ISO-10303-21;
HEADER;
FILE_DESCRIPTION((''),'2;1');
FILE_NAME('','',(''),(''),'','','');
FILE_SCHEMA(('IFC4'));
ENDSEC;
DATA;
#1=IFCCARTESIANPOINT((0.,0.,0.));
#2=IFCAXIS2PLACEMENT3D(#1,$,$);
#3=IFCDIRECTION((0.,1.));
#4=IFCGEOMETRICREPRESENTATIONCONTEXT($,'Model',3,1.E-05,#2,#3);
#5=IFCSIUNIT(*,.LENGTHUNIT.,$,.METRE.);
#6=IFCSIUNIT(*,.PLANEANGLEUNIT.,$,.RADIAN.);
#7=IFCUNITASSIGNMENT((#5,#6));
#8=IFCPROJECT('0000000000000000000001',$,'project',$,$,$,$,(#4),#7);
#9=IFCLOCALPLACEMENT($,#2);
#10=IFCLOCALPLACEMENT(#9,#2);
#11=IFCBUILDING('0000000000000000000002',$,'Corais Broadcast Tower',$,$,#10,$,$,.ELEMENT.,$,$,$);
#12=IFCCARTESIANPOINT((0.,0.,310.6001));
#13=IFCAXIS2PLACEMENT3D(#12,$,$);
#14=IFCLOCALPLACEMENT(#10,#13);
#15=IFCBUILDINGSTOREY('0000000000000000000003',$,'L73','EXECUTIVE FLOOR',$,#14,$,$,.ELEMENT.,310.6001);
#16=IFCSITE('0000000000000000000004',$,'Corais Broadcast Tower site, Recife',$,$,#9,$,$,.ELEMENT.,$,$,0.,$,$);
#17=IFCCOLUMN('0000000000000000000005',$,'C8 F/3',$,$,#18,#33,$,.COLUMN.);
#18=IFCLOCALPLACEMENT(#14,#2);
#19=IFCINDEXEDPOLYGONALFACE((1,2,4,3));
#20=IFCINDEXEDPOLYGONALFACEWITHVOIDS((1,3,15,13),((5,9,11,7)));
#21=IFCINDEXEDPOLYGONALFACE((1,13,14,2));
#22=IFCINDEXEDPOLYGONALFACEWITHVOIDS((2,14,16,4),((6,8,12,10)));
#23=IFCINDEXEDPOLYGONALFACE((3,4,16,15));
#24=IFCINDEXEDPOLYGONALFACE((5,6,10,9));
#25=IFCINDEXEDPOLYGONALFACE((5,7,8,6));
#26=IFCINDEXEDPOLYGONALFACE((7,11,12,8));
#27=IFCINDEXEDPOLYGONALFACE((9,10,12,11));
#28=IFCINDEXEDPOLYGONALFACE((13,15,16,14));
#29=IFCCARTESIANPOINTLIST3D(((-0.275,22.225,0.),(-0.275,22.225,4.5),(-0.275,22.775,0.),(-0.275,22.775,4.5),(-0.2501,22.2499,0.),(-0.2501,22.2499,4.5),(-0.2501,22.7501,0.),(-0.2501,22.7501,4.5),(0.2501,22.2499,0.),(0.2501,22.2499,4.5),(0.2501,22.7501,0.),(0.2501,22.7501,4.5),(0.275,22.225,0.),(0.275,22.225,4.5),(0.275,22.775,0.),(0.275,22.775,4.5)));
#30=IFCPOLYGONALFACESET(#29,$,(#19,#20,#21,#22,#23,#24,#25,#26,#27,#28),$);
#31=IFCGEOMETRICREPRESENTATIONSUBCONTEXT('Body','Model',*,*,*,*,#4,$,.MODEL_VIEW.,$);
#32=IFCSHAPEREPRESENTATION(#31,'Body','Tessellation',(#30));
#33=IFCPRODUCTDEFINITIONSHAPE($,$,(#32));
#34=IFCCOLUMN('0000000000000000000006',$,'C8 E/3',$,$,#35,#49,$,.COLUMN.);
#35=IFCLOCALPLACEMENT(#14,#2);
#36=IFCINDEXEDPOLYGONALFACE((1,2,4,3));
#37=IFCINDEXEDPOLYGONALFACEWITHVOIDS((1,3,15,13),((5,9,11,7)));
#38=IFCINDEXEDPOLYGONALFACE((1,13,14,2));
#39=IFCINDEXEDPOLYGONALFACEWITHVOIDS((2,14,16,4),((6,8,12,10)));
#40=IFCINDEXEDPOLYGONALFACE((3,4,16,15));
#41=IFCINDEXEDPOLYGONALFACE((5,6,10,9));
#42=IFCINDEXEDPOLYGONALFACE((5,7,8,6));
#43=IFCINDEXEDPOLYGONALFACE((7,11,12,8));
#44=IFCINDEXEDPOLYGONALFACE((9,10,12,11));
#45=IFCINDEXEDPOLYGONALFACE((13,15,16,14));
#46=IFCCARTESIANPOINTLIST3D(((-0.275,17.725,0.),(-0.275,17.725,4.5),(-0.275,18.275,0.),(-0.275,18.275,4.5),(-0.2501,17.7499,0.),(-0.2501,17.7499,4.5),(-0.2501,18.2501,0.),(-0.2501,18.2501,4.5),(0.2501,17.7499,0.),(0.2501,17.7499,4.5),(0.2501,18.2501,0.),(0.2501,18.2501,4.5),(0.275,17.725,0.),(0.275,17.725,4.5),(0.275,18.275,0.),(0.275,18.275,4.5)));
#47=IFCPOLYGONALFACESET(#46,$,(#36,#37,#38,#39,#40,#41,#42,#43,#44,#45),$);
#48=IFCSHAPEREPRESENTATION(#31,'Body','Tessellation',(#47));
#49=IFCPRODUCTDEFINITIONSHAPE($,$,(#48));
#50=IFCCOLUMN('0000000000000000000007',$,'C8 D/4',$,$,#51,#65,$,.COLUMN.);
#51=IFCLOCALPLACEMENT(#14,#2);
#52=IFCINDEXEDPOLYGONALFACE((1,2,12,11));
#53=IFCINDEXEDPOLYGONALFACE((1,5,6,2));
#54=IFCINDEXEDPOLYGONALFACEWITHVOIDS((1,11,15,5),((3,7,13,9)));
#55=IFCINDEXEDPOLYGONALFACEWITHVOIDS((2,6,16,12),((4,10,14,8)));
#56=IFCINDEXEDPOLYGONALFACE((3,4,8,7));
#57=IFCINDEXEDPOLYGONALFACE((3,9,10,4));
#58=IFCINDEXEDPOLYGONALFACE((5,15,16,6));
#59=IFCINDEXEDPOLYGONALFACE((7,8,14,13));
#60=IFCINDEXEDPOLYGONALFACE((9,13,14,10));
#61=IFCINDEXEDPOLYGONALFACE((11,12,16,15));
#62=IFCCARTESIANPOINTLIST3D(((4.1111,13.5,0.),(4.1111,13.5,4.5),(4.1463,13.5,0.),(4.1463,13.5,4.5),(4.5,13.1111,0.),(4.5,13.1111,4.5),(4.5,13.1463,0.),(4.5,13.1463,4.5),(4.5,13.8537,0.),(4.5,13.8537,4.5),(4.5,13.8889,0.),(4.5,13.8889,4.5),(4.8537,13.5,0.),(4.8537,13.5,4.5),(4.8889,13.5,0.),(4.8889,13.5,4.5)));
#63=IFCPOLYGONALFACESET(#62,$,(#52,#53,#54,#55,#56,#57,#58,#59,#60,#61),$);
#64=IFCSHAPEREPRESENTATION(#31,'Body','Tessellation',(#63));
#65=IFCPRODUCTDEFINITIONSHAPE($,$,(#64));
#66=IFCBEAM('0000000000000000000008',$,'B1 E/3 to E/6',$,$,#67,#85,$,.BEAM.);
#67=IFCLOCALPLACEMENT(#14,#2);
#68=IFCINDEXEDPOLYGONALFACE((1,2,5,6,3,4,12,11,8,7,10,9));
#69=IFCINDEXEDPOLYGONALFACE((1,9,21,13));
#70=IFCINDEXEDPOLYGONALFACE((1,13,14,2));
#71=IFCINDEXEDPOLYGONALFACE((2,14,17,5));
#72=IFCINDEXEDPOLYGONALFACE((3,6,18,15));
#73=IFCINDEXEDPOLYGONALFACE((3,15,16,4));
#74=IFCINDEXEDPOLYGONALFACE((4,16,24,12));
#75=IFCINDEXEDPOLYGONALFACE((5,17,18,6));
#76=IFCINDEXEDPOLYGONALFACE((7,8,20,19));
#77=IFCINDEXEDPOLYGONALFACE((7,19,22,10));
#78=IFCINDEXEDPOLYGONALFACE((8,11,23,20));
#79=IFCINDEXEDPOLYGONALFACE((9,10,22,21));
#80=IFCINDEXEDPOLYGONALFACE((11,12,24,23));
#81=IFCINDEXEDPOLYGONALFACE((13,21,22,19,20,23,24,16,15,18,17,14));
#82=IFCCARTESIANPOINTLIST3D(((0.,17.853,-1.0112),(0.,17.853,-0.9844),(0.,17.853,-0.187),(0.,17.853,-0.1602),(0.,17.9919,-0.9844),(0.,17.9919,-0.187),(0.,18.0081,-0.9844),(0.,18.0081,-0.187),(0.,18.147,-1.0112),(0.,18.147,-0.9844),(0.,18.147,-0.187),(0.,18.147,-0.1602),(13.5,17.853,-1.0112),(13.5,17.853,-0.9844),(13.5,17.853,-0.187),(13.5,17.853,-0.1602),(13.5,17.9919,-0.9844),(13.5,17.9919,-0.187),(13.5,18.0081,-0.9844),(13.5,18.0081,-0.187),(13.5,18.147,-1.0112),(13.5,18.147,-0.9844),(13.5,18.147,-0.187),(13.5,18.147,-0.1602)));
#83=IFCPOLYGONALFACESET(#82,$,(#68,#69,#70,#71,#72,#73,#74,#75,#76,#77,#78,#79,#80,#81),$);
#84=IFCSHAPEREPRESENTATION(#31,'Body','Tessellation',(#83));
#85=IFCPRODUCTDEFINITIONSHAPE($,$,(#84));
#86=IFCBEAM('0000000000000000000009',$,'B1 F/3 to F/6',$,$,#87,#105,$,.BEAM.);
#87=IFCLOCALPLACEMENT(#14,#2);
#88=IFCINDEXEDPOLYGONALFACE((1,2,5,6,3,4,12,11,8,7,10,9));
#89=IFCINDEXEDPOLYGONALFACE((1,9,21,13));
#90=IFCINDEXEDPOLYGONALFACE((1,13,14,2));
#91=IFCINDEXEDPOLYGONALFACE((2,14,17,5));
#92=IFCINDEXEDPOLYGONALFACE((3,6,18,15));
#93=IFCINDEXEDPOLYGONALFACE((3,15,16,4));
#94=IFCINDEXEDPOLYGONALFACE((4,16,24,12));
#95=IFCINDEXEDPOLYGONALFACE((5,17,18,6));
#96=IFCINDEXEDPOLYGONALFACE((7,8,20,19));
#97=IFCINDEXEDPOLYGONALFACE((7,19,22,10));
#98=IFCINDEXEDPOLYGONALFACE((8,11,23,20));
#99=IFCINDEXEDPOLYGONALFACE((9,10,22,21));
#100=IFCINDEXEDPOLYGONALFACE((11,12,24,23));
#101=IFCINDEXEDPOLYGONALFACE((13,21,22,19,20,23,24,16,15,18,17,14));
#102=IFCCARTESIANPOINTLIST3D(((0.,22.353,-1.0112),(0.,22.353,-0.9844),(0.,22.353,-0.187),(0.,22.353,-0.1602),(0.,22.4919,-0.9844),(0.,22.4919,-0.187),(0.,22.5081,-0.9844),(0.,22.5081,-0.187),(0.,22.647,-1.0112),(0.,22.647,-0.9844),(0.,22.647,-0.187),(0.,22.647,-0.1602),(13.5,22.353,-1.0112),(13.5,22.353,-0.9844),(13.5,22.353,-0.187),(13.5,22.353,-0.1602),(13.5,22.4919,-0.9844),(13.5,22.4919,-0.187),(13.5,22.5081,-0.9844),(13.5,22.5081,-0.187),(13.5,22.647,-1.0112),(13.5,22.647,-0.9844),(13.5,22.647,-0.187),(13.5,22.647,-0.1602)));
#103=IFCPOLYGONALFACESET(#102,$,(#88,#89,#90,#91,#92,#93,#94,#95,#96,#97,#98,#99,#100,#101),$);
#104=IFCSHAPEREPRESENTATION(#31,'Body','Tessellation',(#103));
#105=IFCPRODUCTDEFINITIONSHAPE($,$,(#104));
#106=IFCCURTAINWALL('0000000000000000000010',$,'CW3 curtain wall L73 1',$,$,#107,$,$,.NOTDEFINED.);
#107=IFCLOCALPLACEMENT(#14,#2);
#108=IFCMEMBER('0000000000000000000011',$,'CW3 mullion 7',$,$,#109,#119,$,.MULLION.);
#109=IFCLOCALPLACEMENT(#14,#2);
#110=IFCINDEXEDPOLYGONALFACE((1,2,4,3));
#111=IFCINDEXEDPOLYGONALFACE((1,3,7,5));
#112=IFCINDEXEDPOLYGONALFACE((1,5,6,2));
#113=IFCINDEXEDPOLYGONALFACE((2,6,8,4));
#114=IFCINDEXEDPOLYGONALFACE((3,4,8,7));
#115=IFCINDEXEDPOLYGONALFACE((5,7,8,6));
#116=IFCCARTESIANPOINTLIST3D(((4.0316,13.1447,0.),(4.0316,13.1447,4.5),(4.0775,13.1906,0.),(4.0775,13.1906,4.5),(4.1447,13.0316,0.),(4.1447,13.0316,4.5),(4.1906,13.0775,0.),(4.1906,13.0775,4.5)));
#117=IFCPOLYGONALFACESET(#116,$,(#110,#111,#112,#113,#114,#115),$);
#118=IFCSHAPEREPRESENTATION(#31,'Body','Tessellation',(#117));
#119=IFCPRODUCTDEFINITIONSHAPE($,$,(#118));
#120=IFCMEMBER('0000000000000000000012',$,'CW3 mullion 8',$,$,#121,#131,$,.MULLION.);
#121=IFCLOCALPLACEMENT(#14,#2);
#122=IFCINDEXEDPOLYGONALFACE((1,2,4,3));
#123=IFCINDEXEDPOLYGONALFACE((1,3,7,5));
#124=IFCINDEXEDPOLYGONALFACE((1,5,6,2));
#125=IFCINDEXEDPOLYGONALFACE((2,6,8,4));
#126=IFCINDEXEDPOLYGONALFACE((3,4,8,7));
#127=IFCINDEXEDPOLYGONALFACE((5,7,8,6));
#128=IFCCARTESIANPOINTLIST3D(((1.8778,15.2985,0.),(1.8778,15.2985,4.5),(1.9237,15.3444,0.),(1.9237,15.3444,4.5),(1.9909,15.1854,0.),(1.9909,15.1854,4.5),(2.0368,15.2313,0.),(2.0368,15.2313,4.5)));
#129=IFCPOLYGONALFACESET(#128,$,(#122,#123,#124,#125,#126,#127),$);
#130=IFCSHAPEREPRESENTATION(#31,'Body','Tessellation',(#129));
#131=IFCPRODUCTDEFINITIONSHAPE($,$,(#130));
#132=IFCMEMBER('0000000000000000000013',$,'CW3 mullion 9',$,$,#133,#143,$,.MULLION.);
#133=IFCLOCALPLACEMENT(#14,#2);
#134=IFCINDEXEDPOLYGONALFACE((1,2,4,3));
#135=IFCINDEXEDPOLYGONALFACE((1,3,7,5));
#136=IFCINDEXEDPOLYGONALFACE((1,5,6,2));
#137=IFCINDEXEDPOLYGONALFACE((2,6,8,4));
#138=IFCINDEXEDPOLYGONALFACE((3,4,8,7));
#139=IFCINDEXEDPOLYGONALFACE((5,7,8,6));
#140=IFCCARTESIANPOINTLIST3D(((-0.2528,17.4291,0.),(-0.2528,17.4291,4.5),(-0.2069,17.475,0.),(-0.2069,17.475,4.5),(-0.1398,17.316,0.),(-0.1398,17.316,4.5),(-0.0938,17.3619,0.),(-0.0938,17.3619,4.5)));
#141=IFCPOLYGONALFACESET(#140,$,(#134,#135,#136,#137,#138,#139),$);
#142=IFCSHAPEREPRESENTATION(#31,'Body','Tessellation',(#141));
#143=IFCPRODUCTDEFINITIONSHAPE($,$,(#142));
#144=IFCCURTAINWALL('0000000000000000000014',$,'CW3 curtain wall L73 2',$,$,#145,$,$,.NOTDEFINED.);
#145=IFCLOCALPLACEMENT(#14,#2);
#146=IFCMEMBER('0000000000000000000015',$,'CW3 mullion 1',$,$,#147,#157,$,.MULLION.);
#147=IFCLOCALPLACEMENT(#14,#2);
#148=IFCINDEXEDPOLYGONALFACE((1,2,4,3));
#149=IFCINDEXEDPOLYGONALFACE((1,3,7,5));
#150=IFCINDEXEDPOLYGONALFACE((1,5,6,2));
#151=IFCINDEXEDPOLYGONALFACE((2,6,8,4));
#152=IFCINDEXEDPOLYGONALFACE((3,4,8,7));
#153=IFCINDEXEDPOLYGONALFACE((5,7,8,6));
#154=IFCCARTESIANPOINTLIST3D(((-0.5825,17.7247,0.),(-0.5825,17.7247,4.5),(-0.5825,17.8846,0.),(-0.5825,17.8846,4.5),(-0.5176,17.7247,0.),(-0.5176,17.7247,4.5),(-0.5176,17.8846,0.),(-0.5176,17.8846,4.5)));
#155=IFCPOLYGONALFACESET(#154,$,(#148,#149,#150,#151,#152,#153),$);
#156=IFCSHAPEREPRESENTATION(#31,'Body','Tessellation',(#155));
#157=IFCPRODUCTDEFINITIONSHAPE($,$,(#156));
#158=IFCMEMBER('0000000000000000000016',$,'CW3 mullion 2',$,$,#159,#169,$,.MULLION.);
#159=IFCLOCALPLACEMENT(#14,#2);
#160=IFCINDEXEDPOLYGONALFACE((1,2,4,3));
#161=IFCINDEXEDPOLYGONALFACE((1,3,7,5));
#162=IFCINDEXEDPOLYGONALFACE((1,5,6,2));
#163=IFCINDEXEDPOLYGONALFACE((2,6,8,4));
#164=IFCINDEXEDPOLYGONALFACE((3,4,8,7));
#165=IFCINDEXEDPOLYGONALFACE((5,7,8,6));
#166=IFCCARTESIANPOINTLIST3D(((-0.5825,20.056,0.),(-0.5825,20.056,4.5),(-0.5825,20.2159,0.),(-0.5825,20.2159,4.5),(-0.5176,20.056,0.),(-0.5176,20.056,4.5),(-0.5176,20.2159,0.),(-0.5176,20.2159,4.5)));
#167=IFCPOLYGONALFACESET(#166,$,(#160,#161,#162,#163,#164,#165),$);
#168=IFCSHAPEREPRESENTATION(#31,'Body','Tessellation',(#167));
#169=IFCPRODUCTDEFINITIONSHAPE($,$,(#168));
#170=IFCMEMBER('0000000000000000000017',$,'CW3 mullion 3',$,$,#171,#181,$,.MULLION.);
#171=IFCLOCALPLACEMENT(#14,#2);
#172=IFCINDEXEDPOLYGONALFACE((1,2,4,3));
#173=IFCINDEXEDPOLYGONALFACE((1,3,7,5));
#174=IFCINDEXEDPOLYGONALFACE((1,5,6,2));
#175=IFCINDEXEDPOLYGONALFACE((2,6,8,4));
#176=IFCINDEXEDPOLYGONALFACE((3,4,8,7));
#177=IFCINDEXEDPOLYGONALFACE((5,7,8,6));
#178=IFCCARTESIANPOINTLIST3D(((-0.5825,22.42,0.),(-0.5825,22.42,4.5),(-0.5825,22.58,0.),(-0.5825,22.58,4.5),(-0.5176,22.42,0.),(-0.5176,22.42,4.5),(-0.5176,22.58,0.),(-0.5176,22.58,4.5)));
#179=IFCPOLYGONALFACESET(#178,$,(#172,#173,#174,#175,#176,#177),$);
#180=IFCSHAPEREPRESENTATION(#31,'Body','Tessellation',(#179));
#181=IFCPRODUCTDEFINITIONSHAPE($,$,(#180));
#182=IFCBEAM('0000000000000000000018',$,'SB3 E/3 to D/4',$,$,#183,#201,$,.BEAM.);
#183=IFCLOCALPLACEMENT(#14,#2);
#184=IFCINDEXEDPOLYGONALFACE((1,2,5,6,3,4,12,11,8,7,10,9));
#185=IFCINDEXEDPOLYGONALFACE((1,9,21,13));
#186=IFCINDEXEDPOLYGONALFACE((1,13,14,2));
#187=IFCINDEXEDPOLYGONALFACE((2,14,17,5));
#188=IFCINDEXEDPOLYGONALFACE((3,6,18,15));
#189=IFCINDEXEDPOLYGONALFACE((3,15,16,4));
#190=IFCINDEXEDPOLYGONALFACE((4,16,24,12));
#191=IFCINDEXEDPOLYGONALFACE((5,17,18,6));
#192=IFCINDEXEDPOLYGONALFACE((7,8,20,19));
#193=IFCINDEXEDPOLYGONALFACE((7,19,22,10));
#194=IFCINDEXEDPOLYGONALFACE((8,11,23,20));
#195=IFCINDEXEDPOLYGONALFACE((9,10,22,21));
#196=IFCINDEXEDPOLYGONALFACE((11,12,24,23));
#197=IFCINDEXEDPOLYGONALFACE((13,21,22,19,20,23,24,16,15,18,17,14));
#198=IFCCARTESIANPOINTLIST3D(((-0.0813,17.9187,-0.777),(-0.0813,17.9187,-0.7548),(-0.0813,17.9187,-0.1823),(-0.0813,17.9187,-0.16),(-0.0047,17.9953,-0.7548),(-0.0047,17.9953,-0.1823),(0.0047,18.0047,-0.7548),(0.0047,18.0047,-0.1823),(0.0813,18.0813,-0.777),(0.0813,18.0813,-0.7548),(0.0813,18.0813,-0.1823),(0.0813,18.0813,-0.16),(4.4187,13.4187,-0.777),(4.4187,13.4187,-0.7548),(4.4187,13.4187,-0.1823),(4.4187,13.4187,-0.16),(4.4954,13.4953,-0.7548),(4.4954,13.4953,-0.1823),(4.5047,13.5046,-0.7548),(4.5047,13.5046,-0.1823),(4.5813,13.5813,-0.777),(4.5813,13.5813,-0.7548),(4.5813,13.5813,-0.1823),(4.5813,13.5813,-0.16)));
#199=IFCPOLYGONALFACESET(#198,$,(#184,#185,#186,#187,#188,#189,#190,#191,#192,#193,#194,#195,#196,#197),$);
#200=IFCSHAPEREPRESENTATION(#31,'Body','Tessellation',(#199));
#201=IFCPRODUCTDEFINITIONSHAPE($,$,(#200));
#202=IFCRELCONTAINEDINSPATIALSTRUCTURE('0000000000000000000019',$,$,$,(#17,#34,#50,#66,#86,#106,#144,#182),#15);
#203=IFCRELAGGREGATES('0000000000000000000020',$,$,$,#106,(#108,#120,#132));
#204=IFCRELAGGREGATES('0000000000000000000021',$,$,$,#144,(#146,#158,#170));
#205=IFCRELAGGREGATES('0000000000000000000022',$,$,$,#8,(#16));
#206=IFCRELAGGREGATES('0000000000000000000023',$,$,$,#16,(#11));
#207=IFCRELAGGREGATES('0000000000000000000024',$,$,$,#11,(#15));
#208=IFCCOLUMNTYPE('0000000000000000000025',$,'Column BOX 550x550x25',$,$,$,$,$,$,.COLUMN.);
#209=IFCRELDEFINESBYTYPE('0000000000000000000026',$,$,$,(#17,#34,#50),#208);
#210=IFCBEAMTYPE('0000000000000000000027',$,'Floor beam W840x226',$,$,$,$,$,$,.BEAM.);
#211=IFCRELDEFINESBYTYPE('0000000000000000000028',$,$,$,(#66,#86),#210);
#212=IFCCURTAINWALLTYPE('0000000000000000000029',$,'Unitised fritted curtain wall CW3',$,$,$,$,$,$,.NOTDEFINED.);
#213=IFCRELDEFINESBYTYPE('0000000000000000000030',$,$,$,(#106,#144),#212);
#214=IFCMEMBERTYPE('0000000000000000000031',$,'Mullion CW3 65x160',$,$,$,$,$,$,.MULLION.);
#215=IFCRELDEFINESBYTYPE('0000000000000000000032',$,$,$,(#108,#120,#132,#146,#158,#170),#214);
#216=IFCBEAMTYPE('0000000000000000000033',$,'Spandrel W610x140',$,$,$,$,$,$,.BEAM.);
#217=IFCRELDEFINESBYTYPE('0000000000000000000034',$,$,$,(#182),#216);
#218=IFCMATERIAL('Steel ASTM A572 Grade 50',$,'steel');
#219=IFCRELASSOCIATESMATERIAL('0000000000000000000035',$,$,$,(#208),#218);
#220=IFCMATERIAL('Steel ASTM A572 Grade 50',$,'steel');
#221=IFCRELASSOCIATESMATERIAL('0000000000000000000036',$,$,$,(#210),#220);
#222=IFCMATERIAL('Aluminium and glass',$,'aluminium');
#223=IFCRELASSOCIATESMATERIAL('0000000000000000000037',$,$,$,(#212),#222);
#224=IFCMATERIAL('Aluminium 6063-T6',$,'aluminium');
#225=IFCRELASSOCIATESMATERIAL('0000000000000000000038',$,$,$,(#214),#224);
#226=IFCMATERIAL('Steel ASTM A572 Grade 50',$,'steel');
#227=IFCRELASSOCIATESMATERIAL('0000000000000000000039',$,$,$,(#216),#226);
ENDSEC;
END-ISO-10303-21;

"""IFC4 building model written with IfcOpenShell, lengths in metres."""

from ifc_helpers import new_model, si_unit, direction, frame, origin, origin_2d, place, context, subcontext, project, spatial, rectangle, hollow_rectangle, i_section, extrude, material, material_profile, profile_set, type_object, element, aggregate, save


model = new_model("IFC4")

# Units and contexts
model_context = context("Model", 3, precision=1e-05, world=origin(), true_north=direction((0.0, 1.0)))
body_context = subcontext(model_context, "Body", "Model", "MODEL_VIEW")
ifc_project = project(units=[si_unit("LENGTHUNIT", "METRE"), si_unit("PLANEANGLEUNIT", "RADIAN")], contexts=[model_context])

# Site, building, storey
site_placement = place(None, origin())
site = spatial("IfcSite", under=ifc_project, at=site_placement, Name="Corais Broadcast Tower site, Recife", CompositionType="ELEMENT", RefElevation=0.0)
building_placement = place(site_placement, origin())
building = spatial("IfcBuilding", under=site, at=building_placement, Name="Corais Broadcast Tower", CompositionType="ELEMENT")
storey_placement = place(building_placement, frame((0.0, 0.0, 310.6001)))
storey = spatial("IfcBuildingStorey", under=building, at=storey_placement, Name="L73", Description="EXECUTIVE FLOOR", CompositionType="ELEMENT", Elevation=310.6001)

# Columns
ifc_material_1 = material(Name="Steel ASTM A572 Grade 50", Category="steel")
ifc_material_profile_1 = material_profile(ifc_material_1, hollow_rectangle(XDim=0.55, YDim=0.55, WallThickness=0.0249, at=origin_2d()), Name="BOX 550x550x25")
ifc_profile_set_1 = profile_set([ifc_material_profile_1], Name="Steel ASTM A572 Grade 50")
column_type = type_object("IfcColumnType", Name="Column BOX 550x550x25", PredefinedType="COLUMN", material=ifc_profile_set_1)
for number, where, z_axis, x_axis, name in (
    (1, (0.0, 22.5, 0.0), (0.0, 0.0, 1.0), (1.0, 0.0, 0.0), "C8 F/3"),
    (2, (0.0, 18.0, 0.0), (0.0, 0.0, 1.0), (1.0, 0.0, 0.0), "C8 E/3"),
    (3, (4.5, 13.5, 0.0), (0.0, 0.0, 1.0), (0.707107, 0.707107, 0.0), "C8 D/4"),
):
    element("IfcColumn", number, at=place(storey_placement, frame(where, z_axis=z_axis, x_axis=x_axis)), inside=storey, type_object=column_type, Name=name, PredefinedType="COLUMN", context=body_context, shape_type="SweptSolid", body=[
        extrude(hollow_rectangle(XDim=0.55, YDim=0.55, WallThickness=0.0249, at=origin_2d()), origin(), (0.0, 0.0, 1.0), 4.5),
    ])

# Beams
ifc_material_2 = material(Name="Steel ASTM A572 Grade 50", Category="steel")
ifc_material_profile_2 = material_profile(ifc_material_2, i_section(OverallWidth=0.2939, OverallDepth=0.8511, WebThickness=0.0161, FlangeThickness=0.0269, at=origin_2d()), Name="W840x226")
ifc_profile_set_2 = profile_set([ifc_material_profile_2], Name="Steel ASTM A572 Grade 50")
beam_type_1 = type_object("IfcBeamType", Name="Floor beam W840x226", PredefinedType="BEAM", material=ifc_profile_set_2)
for number, where, z_axis, x_axis, name in (
    (4, (0.0, 18.0, -0.5857), (1.0, 0.0, 0.0), (0.0, 1.0, 0.0), "B1 E/3 to E/6"),
    (5, (0.0, 22.5, -0.5857), (1.0, 0.0, 0.0), (0.0, 1.0, 0.0), "B1 F/3 to F/6"),
):
    element("IfcBeam", number, at=place(storey_placement, frame(where, z_axis=z_axis, x_axis=x_axis)), inside=storey, type_object=beam_type_1, Name=name, PredefinedType="BEAM", context=body_context, shape_type="SweptSolid", body=[
        extrude(i_section(OverallWidth=0.2939, OverallDepth=0.8511, WebThickness=0.0161, FlangeThickness=0.0269, at=origin_2d()), origin(), (0.0, 0.0, 1.0), 13.5),
    ])

# Curtain walls, members
ifc_material_3 = material(Name="Aluminium and glass", Category="aluminium")
curtain_wall_type = type_object("IfcCurtainWallType", Name="Unitised fritted curtain wall CW3", PredefinedType="NOTDEFINED", material=ifc_material_3)
curtain_wall_1_placement = place(storey_placement, origin())
curtain_wall_1 = element("IfcCurtainWall", 6, at=curtain_wall_1_placement, inside=storey, type_object=curtain_wall_type, Name="CW3 curtain wall L73 1", PredefinedType="NOTDEFINED")
ifc_material_4 = material(Name="Aluminium 6063-T6", Category="aluminium")
ifc_material_profile_3 = material_profile(ifc_material_4, rectangle(XDim=0.0649, YDim=0.1599, at=origin_2d()), Name="Mullion CW3 65x160")
ifc_profile_set_3 = profile_set([ifc_material_profile_3], Name="Aluminium 6063-T6")
member_type_1 = type_object("IfcMemberType", Name="Mullion CW3 65x160", PredefinedType="MULLION", material=ifc_profile_set_3)
member_1_placement = place(storey_placement, frame((4.1111, 13.1111, 0.0), z_axis=(0.0, 0.0, 1.0), x_axis=(-0.707107, -0.707107, 0.0)))
member_1 = element("IfcMember", 7, at=member_1_placement, type_object=member_type_1, Name="CW3 mullion 7", PredefinedType="MULLION", context=body_context, shape_type="SweptSolid", body=[
    extrude(rectangle(XDim=0.0649, YDim=0.1599, at=origin_2d()), origin(), (0.0, 0.0, 1.0), 4.5),
])
member_2_placement = place(storey_placement, frame((1.9573, 15.2649, 0.0), z_axis=(0.0, 0.0, 1.0), x_axis=(-0.707107, -0.707107, 0.0)))
member_2 = element("IfcMember", 8, at=member_2_placement, type_object=member_type_1, Name="CW3 mullion 8", PredefinedType="MULLION", context=body_context, shape_type="SweptSolid", body=[
    extrude(rectangle(XDim=0.0649, YDim=0.1599, at=origin_2d()), origin(), (0.0, 0.0, 1.0), 4.5),
])
member_3_placement = place(storey_placement, frame((-0.1733, 17.3955, 0.0), z_axis=(0.0, 0.0, 1.0), x_axis=(-0.707107, -0.707107, 0.0)))
member_3 = element("IfcMember", 9, at=member_3_placement, type_object=member_type_1, Name="CW3 mullion 9", PredefinedType="MULLION", context=body_context, shape_type="SweptSolid", body=[
    extrude(rectangle(XDim=0.0649, YDim=0.1599, at=origin_2d()), origin(), (0.0, 0.0, 1.0), 4.5),
])
curtain_wall_2_placement = place(storey_placement, origin())
curtain_wall_2 = element("IfcCurtainWall", 10, at=curtain_wall_2_placement, inside=storey, type_object=curtain_wall_type, Name="CW3 curtain wall L73 2", PredefinedType="NOTDEFINED")
member_4_placement = place(storey_placement, frame((-0.55, 17.8047, 0.0), z_axis=(0.0, 0.0, 1.0), x_axis=(-1.0, 0.0, 0.0)))
member_4 = element("IfcMember", 11, at=member_4_placement, type_object=member_type_1, Name="CW3 mullion 1", PredefinedType="MULLION", context=body_context, shape_type="SweptSolid", body=[
    extrude(rectangle(XDim=0.0649, YDim=0.1599, at=origin_2d()), origin(), (0.0, 0.0, 1.0), 4.5),
])
member_5_placement = place(storey_placement, frame((-0.55, 20.136, 0.0), z_axis=(0.0, 0.0, 1.0), x_axis=(-1.0, 0.0, 0.0)))
member_5 = element("IfcMember", 12, at=member_5_placement, type_object=member_type_1, Name="CW3 mullion 2", PredefinedType="MULLION", context=body_context, shape_type="SweptSolid", body=[
    extrude(rectangle(XDim=0.0649, YDim=0.1599, at=origin_2d()), origin(), (0.0, 0.0, 1.0), 4.5),
])
member_6_placement = place(storey_placement, frame((-0.55, 22.5, 0.0), z_axis=(0.0, 0.0, 1.0), x_axis=(-1.0, 0.0, 0.0)))
member_6 = element("IfcMember", 13, at=member_6_placement, type_object=member_type_1, Name="CW3 mullion 3", PredefinedType="MULLION", context=body_context, shape_type="SweptSolid", body=[
    extrude(rectangle(XDim=0.0649, YDim=0.1599, at=origin_2d()), origin(), (0.0, 0.0, 1.0), 4.5),
])

# Beam
ifc_material_5 = material(Name="Steel ASTM A572 Grade 50", Category="steel")
ifc_material_profile_4 = material_profile(ifc_material_5, i_section(OverallWidth=0.23, OverallDepth=0.6169, WebThickness=0.0132, FlangeThickness=0.0222, at=origin_2d()), Name="W610x140")
ifc_profile_set_4 = profile_set([ifc_material_profile_4], Name="Steel ASTM A572 Grade 50")
beam_type_2 = type_object("IfcBeamType", Name="Spandrel W610x140", PredefinedType="BEAM", material=ifc_profile_set_4)
beam_1_placement = place(storey_placement, frame((0.0, 18.0, -0.4685), z_axis=(0.707107, -0.707107, 0.0), x_axis=(0.707107, 0.707107, 0.0)))
element("IfcBeam", 14, at=beam_1_placement, inside=storey, type_object=beam_type_2, Name="SB3 E/3 to D/4", PredefinedType="BEAM", context=body_context, shape_type="SweptSolid", body=[
    extrude(i_section(OverallWidth=0.23, OverallDepth=0.6169, WebThickness=0.0132, FlangeThickness=0.0222, at=origin_2d()), origin(), (0.0, 0.0, 1.0), 6.364),
])

aggregate(curtain_wall_1, [member_1, member_2, member_3])
aggregate(curtain_wall_2, [member_4, member_5, member_6])

save(model, "model.ifc")
